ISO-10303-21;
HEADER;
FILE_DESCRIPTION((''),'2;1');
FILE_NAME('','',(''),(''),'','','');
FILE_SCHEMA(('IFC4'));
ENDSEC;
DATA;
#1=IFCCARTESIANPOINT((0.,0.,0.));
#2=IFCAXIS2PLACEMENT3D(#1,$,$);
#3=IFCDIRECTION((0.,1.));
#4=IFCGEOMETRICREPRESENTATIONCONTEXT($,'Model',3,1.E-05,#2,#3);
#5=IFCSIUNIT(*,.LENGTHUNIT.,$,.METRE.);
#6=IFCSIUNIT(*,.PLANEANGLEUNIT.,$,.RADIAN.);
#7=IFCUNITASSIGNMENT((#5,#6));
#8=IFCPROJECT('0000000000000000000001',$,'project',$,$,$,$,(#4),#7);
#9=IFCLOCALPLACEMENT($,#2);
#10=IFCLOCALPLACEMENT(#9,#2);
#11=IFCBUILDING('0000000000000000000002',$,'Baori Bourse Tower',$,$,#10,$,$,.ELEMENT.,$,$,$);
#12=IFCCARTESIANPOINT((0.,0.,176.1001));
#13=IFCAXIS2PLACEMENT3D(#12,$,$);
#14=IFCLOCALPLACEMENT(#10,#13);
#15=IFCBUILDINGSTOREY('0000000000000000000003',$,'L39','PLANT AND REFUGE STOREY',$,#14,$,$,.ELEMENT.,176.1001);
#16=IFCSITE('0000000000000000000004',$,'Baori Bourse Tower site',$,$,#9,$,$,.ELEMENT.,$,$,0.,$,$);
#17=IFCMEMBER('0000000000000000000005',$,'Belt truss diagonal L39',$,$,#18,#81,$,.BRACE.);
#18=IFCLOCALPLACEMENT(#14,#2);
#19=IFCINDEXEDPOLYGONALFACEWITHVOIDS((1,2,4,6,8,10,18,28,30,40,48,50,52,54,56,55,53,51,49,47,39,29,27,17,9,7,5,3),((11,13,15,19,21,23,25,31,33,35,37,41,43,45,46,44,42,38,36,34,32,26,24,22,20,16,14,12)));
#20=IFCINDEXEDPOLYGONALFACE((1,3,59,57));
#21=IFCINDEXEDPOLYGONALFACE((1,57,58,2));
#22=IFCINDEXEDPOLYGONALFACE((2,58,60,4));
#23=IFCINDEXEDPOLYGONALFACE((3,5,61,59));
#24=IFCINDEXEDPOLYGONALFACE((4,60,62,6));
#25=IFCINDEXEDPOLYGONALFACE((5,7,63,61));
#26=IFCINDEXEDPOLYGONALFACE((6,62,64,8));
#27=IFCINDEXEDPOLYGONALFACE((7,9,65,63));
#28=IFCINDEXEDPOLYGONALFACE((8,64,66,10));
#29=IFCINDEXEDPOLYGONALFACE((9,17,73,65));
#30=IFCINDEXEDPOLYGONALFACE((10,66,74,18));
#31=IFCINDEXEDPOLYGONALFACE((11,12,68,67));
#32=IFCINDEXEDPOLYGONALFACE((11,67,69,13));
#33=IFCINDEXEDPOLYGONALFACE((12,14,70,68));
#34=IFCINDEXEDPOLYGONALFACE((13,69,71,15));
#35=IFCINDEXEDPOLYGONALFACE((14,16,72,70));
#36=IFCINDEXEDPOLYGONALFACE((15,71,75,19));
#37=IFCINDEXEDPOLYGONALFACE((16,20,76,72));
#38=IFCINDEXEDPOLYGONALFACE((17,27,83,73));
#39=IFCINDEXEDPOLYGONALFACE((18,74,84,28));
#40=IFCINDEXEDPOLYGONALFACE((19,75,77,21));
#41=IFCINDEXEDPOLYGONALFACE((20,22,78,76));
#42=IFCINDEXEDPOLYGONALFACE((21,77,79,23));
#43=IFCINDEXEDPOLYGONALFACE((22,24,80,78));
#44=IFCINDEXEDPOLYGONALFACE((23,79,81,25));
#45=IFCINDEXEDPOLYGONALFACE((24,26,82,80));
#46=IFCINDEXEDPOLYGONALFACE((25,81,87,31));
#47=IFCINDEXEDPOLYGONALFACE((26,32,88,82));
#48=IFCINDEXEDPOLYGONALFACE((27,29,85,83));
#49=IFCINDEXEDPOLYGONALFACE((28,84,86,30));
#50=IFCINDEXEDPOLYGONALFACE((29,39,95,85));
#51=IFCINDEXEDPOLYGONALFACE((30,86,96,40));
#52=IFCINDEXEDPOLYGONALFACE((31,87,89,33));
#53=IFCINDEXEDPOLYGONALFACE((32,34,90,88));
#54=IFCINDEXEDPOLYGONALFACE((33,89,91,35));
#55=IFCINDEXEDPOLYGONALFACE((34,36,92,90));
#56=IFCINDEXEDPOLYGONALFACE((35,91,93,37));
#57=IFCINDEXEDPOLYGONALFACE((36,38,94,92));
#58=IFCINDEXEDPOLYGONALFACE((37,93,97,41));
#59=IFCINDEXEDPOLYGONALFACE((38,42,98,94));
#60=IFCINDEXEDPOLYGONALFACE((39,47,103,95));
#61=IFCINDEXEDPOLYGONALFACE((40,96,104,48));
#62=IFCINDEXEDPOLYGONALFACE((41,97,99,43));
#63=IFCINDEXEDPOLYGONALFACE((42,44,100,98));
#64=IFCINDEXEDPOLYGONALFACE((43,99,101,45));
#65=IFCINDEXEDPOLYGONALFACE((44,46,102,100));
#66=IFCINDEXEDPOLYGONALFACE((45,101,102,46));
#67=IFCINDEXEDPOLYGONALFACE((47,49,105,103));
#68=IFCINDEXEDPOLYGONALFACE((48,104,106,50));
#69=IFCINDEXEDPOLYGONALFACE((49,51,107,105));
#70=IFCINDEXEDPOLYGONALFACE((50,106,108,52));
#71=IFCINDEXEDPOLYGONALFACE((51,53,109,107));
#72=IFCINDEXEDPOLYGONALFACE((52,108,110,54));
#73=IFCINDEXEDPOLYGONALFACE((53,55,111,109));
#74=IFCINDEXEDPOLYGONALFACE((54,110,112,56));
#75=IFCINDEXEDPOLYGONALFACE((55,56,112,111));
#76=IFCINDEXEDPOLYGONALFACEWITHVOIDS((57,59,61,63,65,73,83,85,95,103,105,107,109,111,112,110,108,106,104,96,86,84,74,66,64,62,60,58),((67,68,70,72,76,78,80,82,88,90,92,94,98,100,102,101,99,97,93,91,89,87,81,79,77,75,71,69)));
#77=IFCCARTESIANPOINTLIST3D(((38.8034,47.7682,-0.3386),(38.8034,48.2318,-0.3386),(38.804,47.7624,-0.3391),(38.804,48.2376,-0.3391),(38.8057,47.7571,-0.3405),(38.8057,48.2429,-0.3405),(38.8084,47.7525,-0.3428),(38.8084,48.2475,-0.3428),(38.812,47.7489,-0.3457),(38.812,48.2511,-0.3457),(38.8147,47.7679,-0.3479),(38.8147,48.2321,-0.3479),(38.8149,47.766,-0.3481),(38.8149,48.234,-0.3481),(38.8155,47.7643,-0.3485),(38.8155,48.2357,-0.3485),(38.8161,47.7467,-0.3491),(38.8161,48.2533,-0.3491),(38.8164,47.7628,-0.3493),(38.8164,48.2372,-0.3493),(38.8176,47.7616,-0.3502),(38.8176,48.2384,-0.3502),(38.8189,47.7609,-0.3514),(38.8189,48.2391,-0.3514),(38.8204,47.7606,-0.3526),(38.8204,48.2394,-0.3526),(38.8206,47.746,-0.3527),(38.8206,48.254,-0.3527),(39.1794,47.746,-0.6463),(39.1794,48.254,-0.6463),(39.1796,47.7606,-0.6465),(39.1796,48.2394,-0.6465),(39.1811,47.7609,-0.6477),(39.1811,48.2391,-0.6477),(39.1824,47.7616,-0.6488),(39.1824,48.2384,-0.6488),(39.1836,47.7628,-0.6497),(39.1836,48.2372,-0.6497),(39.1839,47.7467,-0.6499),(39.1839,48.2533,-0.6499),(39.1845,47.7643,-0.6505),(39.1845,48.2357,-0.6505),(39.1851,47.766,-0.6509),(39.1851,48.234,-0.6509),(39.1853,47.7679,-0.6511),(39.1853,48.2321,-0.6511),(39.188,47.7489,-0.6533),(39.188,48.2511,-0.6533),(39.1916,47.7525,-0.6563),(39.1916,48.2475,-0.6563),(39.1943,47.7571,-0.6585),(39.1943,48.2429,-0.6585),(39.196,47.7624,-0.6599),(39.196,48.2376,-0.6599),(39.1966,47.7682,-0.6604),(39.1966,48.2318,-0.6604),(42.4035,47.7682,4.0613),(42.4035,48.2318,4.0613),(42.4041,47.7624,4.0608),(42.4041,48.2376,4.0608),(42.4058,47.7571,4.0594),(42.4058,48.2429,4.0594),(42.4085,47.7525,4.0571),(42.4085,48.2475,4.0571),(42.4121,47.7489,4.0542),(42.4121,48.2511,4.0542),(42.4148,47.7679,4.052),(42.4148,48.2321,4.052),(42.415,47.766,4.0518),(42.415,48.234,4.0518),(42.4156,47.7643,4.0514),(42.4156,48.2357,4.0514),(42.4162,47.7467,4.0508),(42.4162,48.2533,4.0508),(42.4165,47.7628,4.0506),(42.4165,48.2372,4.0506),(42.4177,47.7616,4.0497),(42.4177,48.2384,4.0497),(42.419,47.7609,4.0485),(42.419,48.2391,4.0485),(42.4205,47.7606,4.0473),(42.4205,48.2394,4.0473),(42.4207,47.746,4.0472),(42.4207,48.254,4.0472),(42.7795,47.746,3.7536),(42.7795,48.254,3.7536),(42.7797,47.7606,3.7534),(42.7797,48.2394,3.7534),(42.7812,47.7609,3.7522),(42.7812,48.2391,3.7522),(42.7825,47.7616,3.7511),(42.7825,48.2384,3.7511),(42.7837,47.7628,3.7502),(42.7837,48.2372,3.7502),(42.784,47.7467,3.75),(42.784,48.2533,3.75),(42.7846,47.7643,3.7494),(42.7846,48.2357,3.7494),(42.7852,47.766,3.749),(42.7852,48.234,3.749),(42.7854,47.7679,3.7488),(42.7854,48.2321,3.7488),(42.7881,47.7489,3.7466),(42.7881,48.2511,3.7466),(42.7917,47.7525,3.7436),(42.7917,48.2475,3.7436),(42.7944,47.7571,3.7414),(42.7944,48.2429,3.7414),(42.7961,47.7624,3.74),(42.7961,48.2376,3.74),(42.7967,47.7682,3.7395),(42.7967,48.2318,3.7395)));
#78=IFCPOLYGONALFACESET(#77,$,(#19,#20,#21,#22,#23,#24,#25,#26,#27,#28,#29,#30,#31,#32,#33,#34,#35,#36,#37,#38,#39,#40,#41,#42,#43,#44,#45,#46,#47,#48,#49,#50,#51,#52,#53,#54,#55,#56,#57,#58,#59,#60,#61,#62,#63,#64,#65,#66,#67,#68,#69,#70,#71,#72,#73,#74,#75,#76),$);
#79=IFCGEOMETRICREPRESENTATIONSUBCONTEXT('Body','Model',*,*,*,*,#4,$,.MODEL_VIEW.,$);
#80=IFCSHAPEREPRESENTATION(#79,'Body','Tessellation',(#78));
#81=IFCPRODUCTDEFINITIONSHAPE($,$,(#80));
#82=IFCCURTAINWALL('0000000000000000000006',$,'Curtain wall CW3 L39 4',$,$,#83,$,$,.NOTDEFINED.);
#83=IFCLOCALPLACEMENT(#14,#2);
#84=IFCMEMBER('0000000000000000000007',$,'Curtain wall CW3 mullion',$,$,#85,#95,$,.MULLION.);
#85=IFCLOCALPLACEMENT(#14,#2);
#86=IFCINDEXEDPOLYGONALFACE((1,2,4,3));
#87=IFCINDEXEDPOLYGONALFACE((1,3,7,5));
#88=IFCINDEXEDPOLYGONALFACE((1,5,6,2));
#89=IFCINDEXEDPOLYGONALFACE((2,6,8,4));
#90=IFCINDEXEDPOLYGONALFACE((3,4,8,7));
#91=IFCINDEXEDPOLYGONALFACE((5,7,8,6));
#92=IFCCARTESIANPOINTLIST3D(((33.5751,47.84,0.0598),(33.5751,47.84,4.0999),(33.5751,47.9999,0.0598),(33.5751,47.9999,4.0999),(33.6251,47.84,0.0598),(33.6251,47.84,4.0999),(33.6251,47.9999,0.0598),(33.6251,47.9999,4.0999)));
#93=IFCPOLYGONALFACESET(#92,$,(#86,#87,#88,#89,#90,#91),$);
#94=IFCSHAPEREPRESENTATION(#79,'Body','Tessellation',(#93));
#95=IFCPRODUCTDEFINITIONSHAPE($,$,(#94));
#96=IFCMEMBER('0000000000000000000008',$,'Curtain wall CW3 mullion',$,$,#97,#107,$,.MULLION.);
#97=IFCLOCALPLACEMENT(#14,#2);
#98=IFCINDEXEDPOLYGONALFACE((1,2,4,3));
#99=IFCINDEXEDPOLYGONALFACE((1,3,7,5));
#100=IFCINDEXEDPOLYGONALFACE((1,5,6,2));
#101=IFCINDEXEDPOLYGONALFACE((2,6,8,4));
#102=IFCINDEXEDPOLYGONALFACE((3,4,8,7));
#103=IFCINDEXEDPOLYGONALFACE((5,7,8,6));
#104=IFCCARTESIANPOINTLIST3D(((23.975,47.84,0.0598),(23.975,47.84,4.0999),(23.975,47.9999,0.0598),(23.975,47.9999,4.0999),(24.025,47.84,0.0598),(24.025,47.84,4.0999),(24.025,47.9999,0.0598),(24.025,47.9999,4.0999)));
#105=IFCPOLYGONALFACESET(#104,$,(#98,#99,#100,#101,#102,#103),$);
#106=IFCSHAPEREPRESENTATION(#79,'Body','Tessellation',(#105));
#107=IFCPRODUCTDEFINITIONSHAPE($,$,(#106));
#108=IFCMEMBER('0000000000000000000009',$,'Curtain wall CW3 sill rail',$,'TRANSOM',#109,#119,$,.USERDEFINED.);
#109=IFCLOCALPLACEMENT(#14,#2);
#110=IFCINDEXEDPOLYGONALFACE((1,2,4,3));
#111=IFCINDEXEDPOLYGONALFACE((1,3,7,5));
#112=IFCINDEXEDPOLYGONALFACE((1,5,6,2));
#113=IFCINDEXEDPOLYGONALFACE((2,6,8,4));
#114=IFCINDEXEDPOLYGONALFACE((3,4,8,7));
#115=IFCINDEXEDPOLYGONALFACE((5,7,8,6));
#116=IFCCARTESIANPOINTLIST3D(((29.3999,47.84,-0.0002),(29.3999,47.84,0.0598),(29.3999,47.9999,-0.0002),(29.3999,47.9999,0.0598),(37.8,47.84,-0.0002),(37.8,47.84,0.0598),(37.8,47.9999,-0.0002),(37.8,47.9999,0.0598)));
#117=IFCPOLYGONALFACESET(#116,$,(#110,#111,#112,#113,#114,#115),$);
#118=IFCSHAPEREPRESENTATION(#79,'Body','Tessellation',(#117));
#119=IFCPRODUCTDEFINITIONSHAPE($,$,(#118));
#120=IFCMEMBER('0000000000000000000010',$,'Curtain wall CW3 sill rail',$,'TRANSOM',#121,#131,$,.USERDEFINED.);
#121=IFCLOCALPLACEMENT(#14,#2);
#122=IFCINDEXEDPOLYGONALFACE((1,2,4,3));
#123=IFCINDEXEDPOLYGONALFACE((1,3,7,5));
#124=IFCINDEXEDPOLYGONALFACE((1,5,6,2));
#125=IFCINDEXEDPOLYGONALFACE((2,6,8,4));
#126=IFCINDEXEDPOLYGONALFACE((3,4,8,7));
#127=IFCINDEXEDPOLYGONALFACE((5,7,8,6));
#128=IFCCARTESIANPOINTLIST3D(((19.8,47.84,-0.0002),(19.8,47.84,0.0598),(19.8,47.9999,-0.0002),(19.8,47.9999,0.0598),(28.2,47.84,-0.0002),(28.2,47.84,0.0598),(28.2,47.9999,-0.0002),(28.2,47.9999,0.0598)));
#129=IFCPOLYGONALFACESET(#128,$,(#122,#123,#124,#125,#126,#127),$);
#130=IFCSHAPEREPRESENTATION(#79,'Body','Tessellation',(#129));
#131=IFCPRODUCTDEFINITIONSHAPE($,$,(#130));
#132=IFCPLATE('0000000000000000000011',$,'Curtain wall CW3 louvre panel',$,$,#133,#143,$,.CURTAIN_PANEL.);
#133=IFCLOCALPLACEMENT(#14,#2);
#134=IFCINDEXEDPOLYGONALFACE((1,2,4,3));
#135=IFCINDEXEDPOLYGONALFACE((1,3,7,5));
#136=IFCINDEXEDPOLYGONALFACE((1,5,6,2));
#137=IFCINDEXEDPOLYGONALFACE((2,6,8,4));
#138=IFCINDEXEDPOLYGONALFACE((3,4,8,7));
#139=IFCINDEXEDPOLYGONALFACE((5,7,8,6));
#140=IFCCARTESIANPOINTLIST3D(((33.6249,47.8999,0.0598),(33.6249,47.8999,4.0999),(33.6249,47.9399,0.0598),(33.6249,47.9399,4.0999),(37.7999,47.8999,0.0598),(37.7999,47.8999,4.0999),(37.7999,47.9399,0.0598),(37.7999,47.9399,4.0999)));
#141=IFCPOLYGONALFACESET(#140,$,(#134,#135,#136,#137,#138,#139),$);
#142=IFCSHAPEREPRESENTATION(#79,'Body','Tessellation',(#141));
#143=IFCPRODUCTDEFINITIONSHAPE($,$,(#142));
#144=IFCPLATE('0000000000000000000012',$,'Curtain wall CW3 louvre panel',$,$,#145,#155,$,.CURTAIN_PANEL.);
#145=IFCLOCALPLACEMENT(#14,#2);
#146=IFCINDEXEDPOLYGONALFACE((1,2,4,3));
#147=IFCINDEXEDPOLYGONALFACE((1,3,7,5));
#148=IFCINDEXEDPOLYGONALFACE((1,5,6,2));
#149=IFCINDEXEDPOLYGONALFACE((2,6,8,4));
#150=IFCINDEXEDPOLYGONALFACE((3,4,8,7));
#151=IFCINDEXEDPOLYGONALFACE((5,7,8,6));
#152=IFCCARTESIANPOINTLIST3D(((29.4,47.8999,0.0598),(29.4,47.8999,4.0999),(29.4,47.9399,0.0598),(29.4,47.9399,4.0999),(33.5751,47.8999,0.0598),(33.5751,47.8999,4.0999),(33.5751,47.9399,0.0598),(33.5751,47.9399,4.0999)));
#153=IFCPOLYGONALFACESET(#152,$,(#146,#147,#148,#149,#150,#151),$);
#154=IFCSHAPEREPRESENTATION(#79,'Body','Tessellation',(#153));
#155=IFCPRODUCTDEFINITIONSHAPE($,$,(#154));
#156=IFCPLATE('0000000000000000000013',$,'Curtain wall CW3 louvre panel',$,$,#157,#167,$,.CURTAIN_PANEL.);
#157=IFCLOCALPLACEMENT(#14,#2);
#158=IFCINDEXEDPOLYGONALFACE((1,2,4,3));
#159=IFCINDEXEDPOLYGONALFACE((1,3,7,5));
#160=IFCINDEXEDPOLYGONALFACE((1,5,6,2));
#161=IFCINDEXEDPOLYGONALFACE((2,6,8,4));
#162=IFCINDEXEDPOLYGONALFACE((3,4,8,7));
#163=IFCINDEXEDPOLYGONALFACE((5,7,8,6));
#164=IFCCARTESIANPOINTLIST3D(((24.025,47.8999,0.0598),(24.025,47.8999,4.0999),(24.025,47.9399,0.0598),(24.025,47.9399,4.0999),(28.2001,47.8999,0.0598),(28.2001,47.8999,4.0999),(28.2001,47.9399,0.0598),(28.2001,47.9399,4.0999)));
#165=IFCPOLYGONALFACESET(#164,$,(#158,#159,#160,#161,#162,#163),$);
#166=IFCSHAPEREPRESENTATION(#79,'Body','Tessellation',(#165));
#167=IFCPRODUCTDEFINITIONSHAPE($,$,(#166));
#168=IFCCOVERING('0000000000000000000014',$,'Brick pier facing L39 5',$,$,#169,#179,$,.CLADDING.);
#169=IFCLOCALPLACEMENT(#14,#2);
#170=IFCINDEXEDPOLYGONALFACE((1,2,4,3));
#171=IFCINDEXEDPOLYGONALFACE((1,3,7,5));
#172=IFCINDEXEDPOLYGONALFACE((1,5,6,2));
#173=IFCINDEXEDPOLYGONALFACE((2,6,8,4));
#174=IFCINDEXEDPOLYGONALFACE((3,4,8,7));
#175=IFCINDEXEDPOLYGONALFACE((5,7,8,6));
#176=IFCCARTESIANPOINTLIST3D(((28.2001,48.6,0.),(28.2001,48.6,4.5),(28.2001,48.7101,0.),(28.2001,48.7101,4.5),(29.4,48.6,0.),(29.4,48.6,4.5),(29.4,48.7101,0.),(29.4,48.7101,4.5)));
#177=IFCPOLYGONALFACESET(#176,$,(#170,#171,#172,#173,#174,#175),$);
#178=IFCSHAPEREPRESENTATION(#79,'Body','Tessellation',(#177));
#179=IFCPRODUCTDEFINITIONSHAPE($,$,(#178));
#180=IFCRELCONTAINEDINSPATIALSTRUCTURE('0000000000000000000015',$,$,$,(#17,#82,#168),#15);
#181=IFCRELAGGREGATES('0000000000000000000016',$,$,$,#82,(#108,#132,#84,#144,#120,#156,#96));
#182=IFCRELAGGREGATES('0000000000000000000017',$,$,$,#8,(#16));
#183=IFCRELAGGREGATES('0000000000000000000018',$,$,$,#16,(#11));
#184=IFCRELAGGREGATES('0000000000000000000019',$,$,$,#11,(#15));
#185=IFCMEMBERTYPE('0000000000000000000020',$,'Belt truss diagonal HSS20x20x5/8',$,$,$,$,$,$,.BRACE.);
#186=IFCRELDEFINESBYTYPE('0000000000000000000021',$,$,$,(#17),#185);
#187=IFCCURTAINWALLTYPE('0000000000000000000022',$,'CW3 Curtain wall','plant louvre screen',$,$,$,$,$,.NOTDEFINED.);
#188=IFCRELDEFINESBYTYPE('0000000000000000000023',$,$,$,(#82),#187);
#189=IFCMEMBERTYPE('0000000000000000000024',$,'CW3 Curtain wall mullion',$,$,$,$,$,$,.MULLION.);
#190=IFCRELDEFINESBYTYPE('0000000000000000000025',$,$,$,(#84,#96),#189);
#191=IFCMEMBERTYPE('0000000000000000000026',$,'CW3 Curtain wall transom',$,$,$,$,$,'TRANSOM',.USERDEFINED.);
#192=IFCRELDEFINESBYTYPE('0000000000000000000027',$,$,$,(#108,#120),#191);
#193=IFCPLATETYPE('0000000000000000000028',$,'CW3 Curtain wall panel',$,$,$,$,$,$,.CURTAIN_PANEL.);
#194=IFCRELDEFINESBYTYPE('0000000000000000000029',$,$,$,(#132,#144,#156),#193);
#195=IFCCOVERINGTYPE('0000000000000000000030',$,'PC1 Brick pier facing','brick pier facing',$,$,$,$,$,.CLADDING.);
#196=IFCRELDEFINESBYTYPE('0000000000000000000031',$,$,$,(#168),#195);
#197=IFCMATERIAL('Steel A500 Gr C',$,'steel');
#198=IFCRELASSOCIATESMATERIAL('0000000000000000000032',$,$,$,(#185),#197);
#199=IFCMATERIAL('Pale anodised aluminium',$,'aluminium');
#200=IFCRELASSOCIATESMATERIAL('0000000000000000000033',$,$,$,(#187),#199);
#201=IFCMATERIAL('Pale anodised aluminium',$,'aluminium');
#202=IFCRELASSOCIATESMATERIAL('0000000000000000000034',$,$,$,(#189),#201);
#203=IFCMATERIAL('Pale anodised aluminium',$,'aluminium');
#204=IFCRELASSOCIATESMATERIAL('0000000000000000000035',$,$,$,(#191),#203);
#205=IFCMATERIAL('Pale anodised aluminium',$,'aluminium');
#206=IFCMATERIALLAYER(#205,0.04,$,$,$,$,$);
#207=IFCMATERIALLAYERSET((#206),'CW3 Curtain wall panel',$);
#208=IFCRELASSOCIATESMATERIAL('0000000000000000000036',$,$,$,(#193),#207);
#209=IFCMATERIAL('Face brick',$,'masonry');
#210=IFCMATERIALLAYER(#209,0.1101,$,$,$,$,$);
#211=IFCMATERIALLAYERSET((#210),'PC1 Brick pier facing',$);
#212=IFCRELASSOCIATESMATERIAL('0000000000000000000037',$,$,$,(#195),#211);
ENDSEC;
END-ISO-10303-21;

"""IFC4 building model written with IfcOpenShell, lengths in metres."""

from ifc_helpers import new_model, si_unit, direction, frame, origin, origin_2d, place, context, subcontext, project, spatial, rectangle, hollow_rectangle, extrude, material, layer, layer_set, material_profile, profile_set, type_object, element, aggregate, save


model = new_model("IFC4")

# Units and contexts
model_context = context("Model", 3, precision=1e-05, world=origin(), true_north=direction((0.0, 1.0)))
body_context = subcontext(model_context, "Body", "Model", "MODEL_VIEW")
ifc_project = project(units=[si_unit("LENGTHUNIT", "METRE"), si_unit("PLANEANGLEUNIT", "RADIAN")], contexts=[model_context])

# Site, building, storey
site_placement = place(None, origin())
site = spatial("IfcSite", under=ifc_project, at=site_placement, Name="Baori Bourse Tower site", CompositionType="ELEMENT", RefElevation=0.0)
building_placement = place(site_placement, origin())
building = spatial("IfcBuilding", under=site, at=building_placement, Name="Baori Bourse Tower", CompositionType="ELEMENT")
storey_placement = place(building_placement, frame((0.0, 0.0, 176.1001)))
storey = spatial("IfcBuildingStorey", under=building, at=storey_placement, Name="L39", Description="PLANT AND REFUGE STOREY", CompositionType="ELEMENT", Elevation=176.1001)

# Member
ifc_material_1 = material(Name="Steel A500 Gr C", Category="steel")
ifc_material_profile_1 = material_profile(ifc_material_1, hollow_rectangle(XDim=0.5081, YDim=0.5081, WallThickness=0.0146, InnerFilletRadius=0.0073, OuterFilletRadius=0.0222, at=origin_2d()), Name="HSS20x20x5/8")
ifc_profile_set_1 = profile_set([ifc_material_profile_1], Name="Steel A500 Gr C")
member_type_1 = type_object("IfcMemberType", Name="Belt truss diagonal HSS20x20x5/8", PredefinedType="BRACE", material=ifc_profile_set_1)
member_1_placement = place(storey_placement, frame((39.0, 48.0, -0.4995), z_axis=(0.633256, 0.0, 0.773942), x_axis=(0.0, 1.0, 0.0)))
element("IfcMember", 1, at=member_1_placement, inside=storey, type_object=member_type_1, Name="Belt truss diagonal L39", PredefinedType="BRACE", context=body_context, shape_type="SweptSolid", body=[
    extrude(hollow_rectangle(XDim=0.5081, YDim=0.5081, WallThickness=0.0146, InnerFilletRadius=0.0073, OuterFilletRadius=0.0222, at=origin_2d()), origin(), (0.0, 0.0, 1.0), 5.6851),
])

# Curtain wall, members, plates
ifc_material_2 = material(Name="Pale anodised aluminium", Category="aluminium")
curtain_wall_type = type_object("IfcCurtainWallType", Name="CW3 Curtain wall", Description="plant louvre screen", PredefinedType="NOTDEFINED", material=ifc_material_2)
curtain_wall_placement = place(storey_placement, origin())
curtain_wall = element("IfcCurtainWall", 2, at=curtain_wall_placement, inside=storey, type_object=curtain_wall_type, Name="Curtain wall CW3 L39 4", PredefinedType="NOTDEFINED")
ifc_material_3 = material(Name="Pale anodised aluminium", Category="aluminium")
ifc_material_profile_2 = material_profile(ifc_material_3, rectangle(XDim=0.1599, YDim=0.05, at=origin_2d()), Name="Mullion 50x160")
ifc_profile_set_2 = profile_set([ifc_material_profile_2], Name="Pale anodised aluminium")
member_type_2 = type_object("IfcMemberType", Name="CW3 Curtain wall mullion", PredefinedType="MULLION", material=ifc_profile_set_2)
member_2_placement = place(storey_placement, frame((33.6001, 47.9199, 0.0598), z_axis=(0.0, 0.0, 1.0), x_axis=(0.0, -1.0, 0.0)))
member_2 = element("IfcMember", 3, at=member_2_placement, type_object=member_type_2, Name="Curtain wall CW3 mullion", PredefinedType="MULLION", context=body_context, shape_type="SweptSolid", body=[
    extrude(rectangle(XDim=0.1599, YDim=0.05, at=origin_2d()), origin(), (0.0, 0.0, 1.0), 4.04),
])
member_3_placement = place(storey_placement, frame((24.0, 47.9199, 0.0598), z_axis=(0.0, 0.0, 1.0), x_axis=(0.0, -1.0, 0.0)))
member_3 = element("IfcMember", 4, at=member_3_placement, type_object=member_type_2, Name="Curtain wall CW3 mullion", PredefinedType="MULLION", context=body_context, shape_type="SweptSolid", body=[
    extrude(rectangle(XDim=0.1599, YDim=0.05, at=origin_2d()), origin(), (0.0, 0.0, 1.0), 4.04),
])
ifc_material_4 = material(Name="Pale anodised aluminium", Category="aluminium")
ifc_material_profile_3 = material_profile(ifc_material_4, rectangle(XDim=0.1599, YDim=0.0601, at=origin_2d()), Name="Transom 60x160")
ifc_profile_set_3 = profile_set([ifc_material_profile_3], Name="Pale anodised aluminium")
member_type_3 = type_object("IfcMemberType", Name="CW3 Curtain wall transom", ElementType="TRANSOM", PredefinedType="USERDEFINED", material=ifc_profile_set_3)
member_4_placement = place(storey_placement, frame((37.8, 47.9199, 0.0298), z_axis=(-1.0, 0.0, 0.0), x_axis=(0.0, -1.0, 0.0)))
member_4 = element("IfcMember", 5, at=member_4_placement, type_object=member_type_3, Name="Curtain wall CW3 sill rail", ObjectType="TRANSOM", PredefinedType="USERDEFINED", context=body_context, shape_type="SweptSolid", body=[
    extrude(rectangle(XDim=0.1599, YDim=0.0601, at=origin_2d()), origin(), (0.0, 0.0, 1.0), 8.4001),
])
member_5_placement = place(storey_placement, frame((28.2, 47.9199, 0.0298), z_axis=(-1.0, 0.0, 0.0), x_axis=(0.0, -1.0, 0.0)))
member_5 = element("IfcMember", 6, at=member_5_placement, type_object=member_type_3, Name="Curtain wall CW3 sill rail", ObjectType="TRANSOM", PredefinedType="USERDEFINED", context=body_context, shape_type="SweptSolid", body=[
    extrude(rectangle(XDim=0.1599, YDim=0.0601, at=origin_2d()), origin(), (0.0, 0.0, 1.0), 8.3999),
])
ifc_material_5 = material(Name="Pale anodised aluminium", Category="aluminium")
ifc_layer_1 = layer(ifc_material_5, 0.04)
ifc_layer_set_1 = layer_set([ifc_layer_1], Name="CW3 Curtain wall panel")
plate_type = type_object("IfcPlateType", Name="CW3 Curtain wall panel", PredefinedType="CURTAIN_PANEL", material=ifc_layer_set_1)
plate_1_placement = place(storey_placement, frame((35.7124, 47.9199, 0.0598), z_axis=(0.0, 0.0, 1.0), x_axis=(-1.0, 0.0, 0.0)))
plate_1 = element("IfcPlate", 7, at=plate_1_placement, type_object=plate_type, Name="Curtain wall CW3 louvre panel", PredefinedType="CURTAIN_PANEL", context=body_context, shape_type="SweptSolid", body=[
    extrude(rectangle(XDim=4.175, YDim=0.04, at=origin_2d()), origin(), (0.0, 0.0, 1.0), 4.04),
])
plate_2_placement = place(storey_placement, frame((31.4875, 47.9199, 0.0598), z_axis=(0.0, 0.0, 1.0), x_axis=(-1.0, 0.0, 0.0)))
plate_2 = element("IfcPlate", 8, at=plate_2_placement, type_object=plate_type, Name="Curtain wall CW3 louvre panel", PredefinedType="CURTAIN_PANEL", context=body_context, shape_type="SweptSolid", body=[
    extrude(rectangle(XDim=4.175, YDim=0.04, at=origin_2d()), origin(), (0.0, 0.0, 1.0), 4.04),
])
plate_3_placement = place(storey_placement, frame((26.1125, 47.9199, 0.0598), z_axis=(0.0, 0.0, 1.0), x_axis=(-1.0, 0.0, 0.0)))
plate_3 = element("IfcPlate", 9, at=plate_3_placement, type_object=plate_type, Name="Curtain wall CW3 louvre panel", PredefinedType="CURTAIN_PANEL", context=body_context, shape_type="SweptSolid", body=[
    extrude(rectangle(XDim=4.175, YDim=0.04, at=origin_2d()), origin(), (0.0, 0.0, 1.0), 4.04),
])
aggregate(curtain_wall, [member_4, plate_1, member_2, plate_2, member_5, plate_3, member_3])

# Covering
ifc_material_6 = material(Name="Face brick", Category="masonry")
ifc_layer_2 = layer(ifc_material_6, 0.1101)
ifc_layer_set_2 = layer_set([ifc_layer_2], Name="PC1 Brick pier facing")
covering_type = type_object("IfcCoveringType", Name="PC1 Brick pier facing", Description="brick pier facing", PredefinedType="CLADDING", material=ifc_layer_set_2)
covering_placement = place(storey_placement, frame((28.8, 48.655, 0.0), z_axis=(0.0, 0.0, 1.0), x_axis=(1.0, 0.0, 0.0)))
element("IfcCovering", 10, at=covering_placement, inside=storey, type_object=covering_type, Name="Brick pier facing L39 5", PredefinedType="CLADDING", context=body_context, shape_type="SweptSolid", body=[
    extrude(rectangle(XDim=1.2, YDim=0.1101, at=origin_2d()), origin(), (0.0, 0.0, 1.0), 4.5),
])

save(model, "model.ifc")
